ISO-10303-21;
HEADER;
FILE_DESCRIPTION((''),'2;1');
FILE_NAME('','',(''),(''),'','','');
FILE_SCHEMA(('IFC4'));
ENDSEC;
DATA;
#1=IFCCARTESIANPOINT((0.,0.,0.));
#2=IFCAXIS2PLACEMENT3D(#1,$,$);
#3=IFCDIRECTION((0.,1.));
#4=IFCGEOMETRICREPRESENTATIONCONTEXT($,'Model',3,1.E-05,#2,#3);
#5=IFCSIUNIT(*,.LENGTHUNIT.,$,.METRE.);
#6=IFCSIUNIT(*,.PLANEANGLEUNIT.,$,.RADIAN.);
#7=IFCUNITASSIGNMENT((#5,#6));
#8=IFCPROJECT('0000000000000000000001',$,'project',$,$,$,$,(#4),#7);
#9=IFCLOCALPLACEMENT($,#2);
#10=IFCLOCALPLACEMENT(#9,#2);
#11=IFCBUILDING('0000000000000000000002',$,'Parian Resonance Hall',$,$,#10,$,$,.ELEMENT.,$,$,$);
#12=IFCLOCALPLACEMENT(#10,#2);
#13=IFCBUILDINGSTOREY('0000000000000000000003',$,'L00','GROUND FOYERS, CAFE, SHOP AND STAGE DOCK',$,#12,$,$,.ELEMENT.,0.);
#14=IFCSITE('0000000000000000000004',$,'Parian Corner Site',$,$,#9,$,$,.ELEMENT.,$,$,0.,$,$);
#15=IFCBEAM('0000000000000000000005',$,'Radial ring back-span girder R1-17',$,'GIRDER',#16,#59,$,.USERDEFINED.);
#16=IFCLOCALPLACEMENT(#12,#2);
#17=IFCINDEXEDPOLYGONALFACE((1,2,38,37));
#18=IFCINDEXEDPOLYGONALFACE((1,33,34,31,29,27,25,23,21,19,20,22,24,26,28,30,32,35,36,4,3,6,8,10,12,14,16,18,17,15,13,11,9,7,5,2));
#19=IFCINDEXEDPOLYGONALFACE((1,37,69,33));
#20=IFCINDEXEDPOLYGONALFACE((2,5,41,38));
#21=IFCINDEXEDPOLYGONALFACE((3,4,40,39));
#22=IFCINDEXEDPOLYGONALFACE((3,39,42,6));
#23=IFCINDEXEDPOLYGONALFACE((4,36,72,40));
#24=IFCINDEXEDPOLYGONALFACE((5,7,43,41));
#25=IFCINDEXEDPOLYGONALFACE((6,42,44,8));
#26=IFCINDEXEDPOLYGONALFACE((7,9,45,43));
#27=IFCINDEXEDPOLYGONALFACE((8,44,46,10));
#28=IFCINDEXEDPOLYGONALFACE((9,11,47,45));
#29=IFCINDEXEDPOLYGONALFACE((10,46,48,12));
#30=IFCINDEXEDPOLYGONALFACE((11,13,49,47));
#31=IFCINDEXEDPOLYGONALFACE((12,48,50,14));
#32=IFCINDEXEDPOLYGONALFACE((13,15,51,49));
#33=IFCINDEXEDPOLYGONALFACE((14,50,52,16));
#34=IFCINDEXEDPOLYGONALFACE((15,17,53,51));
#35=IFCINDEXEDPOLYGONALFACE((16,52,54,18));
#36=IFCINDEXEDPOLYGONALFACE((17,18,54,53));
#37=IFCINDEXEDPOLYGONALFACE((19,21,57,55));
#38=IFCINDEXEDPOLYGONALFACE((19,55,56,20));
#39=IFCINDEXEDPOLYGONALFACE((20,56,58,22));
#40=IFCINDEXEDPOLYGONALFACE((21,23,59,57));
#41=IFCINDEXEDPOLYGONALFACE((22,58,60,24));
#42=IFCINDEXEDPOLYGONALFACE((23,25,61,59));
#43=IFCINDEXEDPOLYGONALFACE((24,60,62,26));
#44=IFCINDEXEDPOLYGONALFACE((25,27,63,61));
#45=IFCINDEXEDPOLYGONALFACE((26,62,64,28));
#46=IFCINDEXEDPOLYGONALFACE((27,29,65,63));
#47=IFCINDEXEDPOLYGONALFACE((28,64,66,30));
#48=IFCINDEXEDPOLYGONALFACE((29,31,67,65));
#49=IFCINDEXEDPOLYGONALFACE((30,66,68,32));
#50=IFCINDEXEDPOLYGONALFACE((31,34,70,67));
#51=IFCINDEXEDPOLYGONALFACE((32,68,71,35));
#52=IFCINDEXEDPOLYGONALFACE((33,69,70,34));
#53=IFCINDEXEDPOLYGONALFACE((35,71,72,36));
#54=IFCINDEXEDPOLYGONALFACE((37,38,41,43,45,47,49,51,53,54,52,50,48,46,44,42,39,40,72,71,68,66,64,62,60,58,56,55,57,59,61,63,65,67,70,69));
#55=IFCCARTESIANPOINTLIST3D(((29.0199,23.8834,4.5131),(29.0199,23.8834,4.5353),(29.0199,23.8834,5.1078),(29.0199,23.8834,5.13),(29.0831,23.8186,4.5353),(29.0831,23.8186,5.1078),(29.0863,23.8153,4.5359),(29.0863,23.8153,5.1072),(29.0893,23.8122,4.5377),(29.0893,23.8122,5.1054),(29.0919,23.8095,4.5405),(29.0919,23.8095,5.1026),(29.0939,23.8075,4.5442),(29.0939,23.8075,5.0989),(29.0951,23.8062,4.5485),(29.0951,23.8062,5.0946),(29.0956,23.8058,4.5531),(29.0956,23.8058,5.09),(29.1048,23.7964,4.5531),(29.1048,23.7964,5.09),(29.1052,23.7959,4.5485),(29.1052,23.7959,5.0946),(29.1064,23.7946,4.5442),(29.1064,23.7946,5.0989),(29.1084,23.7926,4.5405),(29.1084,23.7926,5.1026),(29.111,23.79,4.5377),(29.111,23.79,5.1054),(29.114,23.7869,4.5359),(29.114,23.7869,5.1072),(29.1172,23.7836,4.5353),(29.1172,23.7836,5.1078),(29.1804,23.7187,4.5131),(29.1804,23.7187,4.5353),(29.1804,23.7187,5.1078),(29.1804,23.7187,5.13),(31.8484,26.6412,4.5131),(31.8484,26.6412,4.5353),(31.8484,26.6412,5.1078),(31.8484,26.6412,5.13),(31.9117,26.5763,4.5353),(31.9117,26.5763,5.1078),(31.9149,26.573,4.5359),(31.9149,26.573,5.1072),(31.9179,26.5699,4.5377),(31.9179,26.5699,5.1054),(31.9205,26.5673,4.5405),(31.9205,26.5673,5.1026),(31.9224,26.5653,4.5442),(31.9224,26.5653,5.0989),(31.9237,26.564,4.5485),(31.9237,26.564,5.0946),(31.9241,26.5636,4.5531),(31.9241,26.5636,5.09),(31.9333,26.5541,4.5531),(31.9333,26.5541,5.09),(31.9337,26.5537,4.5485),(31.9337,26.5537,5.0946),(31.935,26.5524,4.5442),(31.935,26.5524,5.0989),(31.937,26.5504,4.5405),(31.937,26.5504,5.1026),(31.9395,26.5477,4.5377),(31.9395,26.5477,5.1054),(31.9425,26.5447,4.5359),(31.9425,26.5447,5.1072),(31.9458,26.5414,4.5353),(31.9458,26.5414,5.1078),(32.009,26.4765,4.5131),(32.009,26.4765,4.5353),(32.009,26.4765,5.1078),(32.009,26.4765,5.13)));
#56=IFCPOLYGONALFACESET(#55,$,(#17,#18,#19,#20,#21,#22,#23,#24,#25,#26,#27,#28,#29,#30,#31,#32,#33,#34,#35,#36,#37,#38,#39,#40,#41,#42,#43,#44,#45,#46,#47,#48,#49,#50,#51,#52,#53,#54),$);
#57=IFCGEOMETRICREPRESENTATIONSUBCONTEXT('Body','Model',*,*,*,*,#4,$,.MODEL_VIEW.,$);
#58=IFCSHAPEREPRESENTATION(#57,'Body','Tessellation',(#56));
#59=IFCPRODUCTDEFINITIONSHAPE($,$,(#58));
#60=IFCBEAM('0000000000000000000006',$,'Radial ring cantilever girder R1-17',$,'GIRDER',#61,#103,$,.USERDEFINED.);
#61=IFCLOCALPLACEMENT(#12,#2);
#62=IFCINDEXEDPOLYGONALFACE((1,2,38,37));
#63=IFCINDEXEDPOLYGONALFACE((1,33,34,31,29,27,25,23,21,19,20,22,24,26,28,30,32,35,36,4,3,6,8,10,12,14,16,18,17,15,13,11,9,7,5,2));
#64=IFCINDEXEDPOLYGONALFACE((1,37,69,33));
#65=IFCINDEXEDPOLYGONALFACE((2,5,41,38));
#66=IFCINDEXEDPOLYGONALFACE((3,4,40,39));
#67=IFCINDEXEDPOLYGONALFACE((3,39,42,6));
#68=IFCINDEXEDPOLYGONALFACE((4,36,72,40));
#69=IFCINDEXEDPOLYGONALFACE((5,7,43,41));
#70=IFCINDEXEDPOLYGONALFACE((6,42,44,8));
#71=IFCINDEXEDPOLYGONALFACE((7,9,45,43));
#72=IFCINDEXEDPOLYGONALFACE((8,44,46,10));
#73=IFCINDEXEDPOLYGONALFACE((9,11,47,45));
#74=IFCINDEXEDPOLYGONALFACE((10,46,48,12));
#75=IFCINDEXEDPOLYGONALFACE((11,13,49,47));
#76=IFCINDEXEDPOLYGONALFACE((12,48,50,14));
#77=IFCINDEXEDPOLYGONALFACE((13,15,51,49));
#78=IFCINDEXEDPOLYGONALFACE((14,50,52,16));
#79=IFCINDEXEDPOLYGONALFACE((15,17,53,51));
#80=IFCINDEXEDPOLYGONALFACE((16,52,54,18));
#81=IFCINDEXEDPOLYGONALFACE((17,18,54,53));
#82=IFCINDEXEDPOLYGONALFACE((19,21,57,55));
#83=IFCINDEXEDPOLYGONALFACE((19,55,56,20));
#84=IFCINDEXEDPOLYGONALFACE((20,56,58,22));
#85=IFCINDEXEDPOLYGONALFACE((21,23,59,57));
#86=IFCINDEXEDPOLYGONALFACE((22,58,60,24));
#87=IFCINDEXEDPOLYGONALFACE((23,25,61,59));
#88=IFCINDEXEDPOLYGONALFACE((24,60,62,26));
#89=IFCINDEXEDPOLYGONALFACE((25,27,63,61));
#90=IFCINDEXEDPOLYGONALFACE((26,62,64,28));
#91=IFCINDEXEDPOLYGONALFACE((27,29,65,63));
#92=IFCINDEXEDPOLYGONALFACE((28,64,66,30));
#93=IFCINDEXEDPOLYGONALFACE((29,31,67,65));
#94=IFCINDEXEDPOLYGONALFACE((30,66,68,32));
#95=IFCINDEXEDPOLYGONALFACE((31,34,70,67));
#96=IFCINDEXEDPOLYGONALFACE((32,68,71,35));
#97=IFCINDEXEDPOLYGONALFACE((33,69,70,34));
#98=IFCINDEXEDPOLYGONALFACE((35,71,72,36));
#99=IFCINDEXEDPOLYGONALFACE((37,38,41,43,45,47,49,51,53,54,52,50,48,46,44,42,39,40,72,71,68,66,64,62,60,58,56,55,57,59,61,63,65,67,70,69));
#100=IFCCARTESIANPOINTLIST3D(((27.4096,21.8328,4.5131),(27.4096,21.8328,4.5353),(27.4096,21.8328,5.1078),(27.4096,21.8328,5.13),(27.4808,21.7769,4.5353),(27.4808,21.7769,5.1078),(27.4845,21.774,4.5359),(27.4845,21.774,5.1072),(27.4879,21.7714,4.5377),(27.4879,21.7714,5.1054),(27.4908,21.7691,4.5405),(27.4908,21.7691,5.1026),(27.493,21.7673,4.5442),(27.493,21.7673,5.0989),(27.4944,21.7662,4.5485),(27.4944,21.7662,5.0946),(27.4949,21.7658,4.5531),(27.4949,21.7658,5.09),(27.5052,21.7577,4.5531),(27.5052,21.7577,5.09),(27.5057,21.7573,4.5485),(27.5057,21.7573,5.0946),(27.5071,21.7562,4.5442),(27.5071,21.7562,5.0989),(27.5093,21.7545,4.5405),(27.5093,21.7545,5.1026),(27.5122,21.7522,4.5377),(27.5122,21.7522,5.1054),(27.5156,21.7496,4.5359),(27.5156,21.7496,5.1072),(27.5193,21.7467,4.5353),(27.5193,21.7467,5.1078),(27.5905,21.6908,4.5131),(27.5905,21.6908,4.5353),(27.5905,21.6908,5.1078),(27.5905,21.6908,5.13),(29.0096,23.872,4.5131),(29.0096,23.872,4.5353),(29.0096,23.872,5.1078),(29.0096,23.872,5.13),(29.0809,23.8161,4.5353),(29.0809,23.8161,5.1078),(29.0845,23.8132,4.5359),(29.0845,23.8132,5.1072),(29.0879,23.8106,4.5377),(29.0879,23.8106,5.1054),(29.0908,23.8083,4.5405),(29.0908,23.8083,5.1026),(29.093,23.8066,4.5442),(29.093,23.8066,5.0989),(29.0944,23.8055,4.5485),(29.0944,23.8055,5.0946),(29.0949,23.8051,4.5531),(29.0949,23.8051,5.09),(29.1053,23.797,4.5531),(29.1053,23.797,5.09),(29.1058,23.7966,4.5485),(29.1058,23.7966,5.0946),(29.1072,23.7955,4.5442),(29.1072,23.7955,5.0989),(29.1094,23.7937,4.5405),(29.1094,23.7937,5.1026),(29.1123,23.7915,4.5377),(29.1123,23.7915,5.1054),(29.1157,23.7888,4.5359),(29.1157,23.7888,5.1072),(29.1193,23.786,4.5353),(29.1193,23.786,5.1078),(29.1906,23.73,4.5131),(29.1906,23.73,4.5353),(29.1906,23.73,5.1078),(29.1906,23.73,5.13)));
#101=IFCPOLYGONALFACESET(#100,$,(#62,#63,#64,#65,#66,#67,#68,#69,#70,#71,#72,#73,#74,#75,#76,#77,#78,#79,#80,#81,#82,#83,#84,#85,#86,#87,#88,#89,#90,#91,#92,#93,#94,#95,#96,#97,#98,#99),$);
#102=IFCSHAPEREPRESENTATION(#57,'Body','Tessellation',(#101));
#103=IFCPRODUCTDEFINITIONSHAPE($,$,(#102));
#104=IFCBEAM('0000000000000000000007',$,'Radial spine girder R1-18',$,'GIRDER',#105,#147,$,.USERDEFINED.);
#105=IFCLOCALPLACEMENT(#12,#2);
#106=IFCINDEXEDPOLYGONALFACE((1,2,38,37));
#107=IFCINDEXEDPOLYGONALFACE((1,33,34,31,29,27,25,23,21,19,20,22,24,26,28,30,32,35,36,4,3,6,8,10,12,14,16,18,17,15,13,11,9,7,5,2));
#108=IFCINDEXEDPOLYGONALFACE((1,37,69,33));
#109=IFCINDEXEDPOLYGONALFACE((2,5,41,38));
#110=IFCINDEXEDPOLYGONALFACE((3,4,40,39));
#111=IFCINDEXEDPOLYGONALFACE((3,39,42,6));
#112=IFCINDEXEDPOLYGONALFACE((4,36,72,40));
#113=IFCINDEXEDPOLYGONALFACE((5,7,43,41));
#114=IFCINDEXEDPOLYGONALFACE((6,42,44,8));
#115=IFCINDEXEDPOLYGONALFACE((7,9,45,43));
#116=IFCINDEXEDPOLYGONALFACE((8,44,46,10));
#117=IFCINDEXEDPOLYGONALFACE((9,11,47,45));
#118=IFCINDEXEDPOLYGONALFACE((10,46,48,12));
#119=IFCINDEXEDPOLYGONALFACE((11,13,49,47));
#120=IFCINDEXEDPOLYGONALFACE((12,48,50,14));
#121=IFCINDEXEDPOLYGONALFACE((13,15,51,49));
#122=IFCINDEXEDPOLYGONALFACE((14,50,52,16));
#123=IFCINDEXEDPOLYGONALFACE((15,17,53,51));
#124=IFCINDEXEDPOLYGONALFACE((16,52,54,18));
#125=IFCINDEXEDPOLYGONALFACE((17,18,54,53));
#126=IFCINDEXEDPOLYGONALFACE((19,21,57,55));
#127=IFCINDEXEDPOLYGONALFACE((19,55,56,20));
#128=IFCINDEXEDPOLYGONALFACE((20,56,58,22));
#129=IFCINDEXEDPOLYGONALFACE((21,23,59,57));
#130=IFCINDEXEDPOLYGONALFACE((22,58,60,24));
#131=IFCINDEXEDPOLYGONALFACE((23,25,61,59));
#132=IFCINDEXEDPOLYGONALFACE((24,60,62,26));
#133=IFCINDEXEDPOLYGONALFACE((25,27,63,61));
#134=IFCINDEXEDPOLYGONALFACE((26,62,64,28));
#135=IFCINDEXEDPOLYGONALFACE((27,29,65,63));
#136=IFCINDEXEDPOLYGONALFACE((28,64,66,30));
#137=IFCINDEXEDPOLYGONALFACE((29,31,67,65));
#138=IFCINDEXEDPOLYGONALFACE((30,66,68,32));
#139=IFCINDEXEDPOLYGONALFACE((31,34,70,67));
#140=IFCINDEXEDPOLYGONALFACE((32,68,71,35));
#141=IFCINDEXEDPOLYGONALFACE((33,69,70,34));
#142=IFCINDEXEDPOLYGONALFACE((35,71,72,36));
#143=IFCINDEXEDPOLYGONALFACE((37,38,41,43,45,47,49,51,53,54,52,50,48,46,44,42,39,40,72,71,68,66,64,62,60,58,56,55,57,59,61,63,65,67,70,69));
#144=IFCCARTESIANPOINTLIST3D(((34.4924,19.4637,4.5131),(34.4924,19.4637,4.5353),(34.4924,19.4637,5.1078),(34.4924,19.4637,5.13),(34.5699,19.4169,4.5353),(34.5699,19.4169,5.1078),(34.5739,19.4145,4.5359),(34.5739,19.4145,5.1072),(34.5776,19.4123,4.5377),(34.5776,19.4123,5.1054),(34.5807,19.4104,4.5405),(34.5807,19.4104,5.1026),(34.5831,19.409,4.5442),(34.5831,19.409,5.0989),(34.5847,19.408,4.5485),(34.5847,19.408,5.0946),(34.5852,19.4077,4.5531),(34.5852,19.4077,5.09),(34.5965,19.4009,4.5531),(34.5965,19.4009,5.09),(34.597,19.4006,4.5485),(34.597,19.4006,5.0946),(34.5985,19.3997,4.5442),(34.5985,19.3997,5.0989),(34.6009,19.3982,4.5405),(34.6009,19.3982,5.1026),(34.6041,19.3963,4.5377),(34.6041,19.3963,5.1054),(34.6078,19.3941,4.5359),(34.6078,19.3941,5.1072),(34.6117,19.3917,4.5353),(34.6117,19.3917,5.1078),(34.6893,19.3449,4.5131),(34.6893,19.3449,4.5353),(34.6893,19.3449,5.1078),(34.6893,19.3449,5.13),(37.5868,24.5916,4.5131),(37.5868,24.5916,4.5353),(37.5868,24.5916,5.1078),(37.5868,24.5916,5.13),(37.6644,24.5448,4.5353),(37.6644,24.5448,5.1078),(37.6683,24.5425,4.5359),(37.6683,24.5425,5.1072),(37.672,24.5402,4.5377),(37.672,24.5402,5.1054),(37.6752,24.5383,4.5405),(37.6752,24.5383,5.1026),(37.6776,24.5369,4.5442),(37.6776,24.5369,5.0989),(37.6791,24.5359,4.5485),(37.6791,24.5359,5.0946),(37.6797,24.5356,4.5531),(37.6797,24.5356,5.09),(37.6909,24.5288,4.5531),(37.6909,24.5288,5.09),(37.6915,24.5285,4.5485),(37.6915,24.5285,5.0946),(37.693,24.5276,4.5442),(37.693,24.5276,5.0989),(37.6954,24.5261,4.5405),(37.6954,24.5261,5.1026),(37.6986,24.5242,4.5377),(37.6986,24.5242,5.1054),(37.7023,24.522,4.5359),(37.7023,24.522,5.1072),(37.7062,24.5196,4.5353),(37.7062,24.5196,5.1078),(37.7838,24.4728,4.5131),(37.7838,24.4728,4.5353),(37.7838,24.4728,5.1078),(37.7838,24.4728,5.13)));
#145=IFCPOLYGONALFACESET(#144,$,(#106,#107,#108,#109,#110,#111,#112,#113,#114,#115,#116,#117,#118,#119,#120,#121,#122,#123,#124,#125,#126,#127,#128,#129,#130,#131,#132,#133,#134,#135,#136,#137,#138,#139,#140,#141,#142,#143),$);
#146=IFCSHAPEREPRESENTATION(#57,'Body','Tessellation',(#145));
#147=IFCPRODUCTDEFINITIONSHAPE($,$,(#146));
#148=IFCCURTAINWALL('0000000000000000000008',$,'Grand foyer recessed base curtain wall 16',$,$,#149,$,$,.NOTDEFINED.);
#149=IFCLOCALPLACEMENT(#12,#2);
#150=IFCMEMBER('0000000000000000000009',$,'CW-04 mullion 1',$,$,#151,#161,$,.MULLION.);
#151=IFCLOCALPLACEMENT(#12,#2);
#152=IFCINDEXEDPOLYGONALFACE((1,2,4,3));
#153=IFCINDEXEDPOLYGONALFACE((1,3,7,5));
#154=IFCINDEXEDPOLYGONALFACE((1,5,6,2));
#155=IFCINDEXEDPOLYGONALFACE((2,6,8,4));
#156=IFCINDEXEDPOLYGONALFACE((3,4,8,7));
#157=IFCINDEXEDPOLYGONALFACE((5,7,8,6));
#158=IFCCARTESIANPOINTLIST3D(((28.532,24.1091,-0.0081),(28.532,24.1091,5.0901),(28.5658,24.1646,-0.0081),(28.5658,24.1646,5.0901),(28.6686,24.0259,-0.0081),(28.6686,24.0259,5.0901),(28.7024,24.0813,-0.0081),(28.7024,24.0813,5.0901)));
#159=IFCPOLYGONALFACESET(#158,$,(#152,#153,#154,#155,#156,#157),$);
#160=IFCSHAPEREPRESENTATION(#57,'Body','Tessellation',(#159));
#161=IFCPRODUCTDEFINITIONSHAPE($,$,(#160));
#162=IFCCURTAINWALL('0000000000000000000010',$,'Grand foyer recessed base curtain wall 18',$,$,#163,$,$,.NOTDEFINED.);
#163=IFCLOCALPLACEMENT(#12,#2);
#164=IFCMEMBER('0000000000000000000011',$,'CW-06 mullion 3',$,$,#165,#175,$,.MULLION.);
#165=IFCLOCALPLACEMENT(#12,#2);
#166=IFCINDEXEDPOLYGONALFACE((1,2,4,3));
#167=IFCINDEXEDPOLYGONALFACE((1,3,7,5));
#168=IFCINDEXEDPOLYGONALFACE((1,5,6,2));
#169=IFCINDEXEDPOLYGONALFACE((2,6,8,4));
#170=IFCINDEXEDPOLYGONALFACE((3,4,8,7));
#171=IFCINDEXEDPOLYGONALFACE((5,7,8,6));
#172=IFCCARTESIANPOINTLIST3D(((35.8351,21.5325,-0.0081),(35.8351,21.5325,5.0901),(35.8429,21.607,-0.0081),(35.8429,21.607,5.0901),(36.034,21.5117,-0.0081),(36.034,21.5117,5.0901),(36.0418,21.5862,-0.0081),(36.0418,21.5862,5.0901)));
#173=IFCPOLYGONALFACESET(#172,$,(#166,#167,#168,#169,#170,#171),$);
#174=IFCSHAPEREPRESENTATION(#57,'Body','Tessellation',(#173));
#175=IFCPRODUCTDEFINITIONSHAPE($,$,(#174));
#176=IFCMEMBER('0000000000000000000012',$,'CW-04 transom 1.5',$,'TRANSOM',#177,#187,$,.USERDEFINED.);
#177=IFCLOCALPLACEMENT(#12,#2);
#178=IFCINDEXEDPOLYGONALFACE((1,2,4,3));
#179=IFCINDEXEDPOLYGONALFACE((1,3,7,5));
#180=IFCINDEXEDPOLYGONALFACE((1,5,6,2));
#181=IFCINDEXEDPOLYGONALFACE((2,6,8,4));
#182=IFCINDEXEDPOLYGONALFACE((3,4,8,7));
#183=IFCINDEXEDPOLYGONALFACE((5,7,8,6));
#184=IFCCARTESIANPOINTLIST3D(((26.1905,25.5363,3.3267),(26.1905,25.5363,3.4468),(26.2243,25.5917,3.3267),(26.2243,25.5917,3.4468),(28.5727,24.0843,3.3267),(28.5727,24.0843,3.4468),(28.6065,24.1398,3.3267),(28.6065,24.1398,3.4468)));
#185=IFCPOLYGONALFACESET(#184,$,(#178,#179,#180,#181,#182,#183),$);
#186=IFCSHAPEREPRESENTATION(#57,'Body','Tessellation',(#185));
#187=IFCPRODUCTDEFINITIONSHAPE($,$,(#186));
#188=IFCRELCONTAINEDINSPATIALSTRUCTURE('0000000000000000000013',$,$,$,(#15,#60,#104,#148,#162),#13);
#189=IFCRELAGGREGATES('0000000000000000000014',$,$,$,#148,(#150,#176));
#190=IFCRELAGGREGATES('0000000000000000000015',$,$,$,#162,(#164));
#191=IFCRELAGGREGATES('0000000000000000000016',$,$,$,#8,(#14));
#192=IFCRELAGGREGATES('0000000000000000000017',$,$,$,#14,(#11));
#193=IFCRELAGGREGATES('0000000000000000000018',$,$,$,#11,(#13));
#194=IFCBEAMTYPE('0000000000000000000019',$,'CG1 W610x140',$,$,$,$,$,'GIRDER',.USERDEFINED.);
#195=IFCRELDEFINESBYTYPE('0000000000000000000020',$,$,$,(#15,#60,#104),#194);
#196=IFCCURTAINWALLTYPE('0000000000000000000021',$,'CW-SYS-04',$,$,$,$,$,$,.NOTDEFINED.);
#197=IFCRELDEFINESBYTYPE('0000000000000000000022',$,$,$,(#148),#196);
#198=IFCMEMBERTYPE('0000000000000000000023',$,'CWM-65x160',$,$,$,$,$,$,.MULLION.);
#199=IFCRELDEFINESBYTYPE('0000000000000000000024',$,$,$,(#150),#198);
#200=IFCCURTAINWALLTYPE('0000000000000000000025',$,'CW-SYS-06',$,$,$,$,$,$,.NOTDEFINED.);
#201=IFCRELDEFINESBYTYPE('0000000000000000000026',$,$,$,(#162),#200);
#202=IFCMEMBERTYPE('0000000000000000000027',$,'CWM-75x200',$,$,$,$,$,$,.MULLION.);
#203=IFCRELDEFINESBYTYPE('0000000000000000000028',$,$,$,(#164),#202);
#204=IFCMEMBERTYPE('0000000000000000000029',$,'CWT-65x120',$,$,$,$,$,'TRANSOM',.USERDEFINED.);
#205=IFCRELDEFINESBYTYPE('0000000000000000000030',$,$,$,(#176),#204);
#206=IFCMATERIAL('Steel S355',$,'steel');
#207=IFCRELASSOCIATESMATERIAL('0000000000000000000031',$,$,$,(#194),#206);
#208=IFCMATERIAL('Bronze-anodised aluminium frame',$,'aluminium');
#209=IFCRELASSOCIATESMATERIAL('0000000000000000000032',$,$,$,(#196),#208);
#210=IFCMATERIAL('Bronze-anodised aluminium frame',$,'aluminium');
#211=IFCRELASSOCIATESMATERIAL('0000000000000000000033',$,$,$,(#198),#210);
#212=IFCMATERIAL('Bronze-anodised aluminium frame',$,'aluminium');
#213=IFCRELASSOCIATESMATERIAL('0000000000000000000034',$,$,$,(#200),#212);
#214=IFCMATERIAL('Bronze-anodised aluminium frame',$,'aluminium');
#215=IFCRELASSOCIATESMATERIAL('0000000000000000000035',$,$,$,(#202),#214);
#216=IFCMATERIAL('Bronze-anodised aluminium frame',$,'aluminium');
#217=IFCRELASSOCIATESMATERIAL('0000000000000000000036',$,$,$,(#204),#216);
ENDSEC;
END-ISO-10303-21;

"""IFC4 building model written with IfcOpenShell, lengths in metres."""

from ifc_helpers import new_model, si_unit, direction, frame, origin, origin_2d, place, context, subcontext, project, spatial, rectangle, i_section, extrude, material, material_profile, profile_set, type_object, element, aggregate, save


model = new_model("IFC4")

# Units and contexts
model_context = context("Model", 3, precision=1e-05, world=origin(), true_north=direction((0.0, 1.0)))
body_context = subcontext(model_context, "Body", "Model", "MODEL_VIEW")
ifc_project = project(units=[si_unit("LENGTHUNIT", "METRE"), si_unit("PLANEANGLEUNIT", "RADIAN")], contexts=[model_context])

# Site, building, storey
site_placement = place(None, origin())
site = spatial("IfcSite", under=ifc_project, at=site_placement, Name="Parian Corner Site", CompositionType="ELEMENT", RefElevation=0.0)
building_placement = place(site_placement, origin())
building = spatial("IfcBuilding", under=site, at=building_placement, Name="Parian Resonance Hall", CompositionType="ELEMENT")
storey_placement = place(building_placement, origin())
storey = spatial("IfcBuildingStorey", under=building, at=storey_placement, Name="L00", Description="GROUND FOYERS, CAFE, SHOP AND STAGE DOCK", CompositionType="ELEMENT", Elevation=0.0)

# Beams
ifc_material_1 = material(Name="Steel S355", Category="steel")
ifc_material_profile_1 = material_profile(ifc_material_1, i_section(OverallWidth=0.23, OverallDepth=0.6169, WebThickness=0.0132, FlangeThickness=0.0222, FilletRadius=0.0178, at=origin_2d()), Name="W610x140")
ifc_profile_set_1 = profile_set([ifc_material_profile_1], Name="Steel S355")
beam_type_1 = type_object("IfcBeamType", Name="CG1 W610x140", ElementType="GIRDER", PredefinedType="USERDEFINED", material=ifc_profile_set_1)
beam_1_placement = place(storey_placement, frame((31.9287, 26.5588, 4.8215), z_axis=(-0.716011, -0.698089, 0.0), x_axis=(0.698089, -0.716011, 0.0)))
element("IfcBeam", 1, at=beam_1_placement, inside=storey, type_object=beam_type_1, Name="Radial ring back-span girder R1-17", ObjectType="GIRDER", PredefinedType="USERDEFINED", context=body_context, shape_type="SweptSolid", body=[
    extrude(i_section(OverallWidth=0.23, OverallDepth=0.6169, WebThickness=0.0132, FlangeThickness=0.0222, FilletRadius=0.0178, at=origin_2d()), origin(), (0.0, 0.0, 1.0), 3.9504),
])
beam_2_placement = place(storey_placement, frame((29.1001, 23.801, 4.8215), z_axis=(-0.617293, -0.786733, 0.0), x_axis=(0.786733, -0.617293, 0.0)))
element("IfcBeam", 2, at=beam_2_placement, inside=storey, type_object=beam_type_1, Name="Radial ring cantilever girder R1-17", ObjectType="GIRDER", PredefinedType="USERDEFINED", context=body_context, shape_type="SweptSolid", body=[
    extrude(i_section(OverallWidth=0.23, OverallDepth=0.6169, WebThickness=0.0132, FlangeThickness=0.0222, FilletRadius=0.0178, at=origin_2d()), origin(), (0.0, 0.0, 1.0), 2.592),
])
beam_3_placement = place(storey_placement, frame((37.6853, 24.5322, 4.8215), z_axis=(-0.51667, -0.856185, 0.0), x_axis=(0.856185, -0.51667, 0.0)))
element("IfcBeam", 3, at=beam_3_placement, inside=storey, type_object=beam_type_1, Name="Radial spine girder R1-18", ObjectType="GIRDER", PredefinedType="USERDEFINED", context=body_context, shape_type="SweptSolid", body=[
    extrude(i_section(OverallWidth=0.23, OverallDepth=0.6169, WebThickness=0.0132, FlangeThickness=0.0222, FilletRadius=0.0178, at=origin_2d()), origin(), (0.0, 0.0, 1.0), 5.9893),
])

# Curtain walls, members
ifc_material_2 = material(Name="Bronze-anodised aluminium frame", Category="aluminium")
curtain_wall_type_1 = type_object("IfcCurtainWallType", Name="CW-SYS-04", PredefinedType="NOTDEFINED", material=ifc_material_2)
curtain_wall_1_placement = place(storey_placement, origin())
curtain_wall_1 = element("IfcCurtainWall", 4, at=curtain_wall_1_placement, inside=storey, type_object=curtain_wall_type_1, Name="Grand foyer recessed base curtain wall 16", PredefinedType="NOTDEFINED")
ifc_material_3 = material(Name="Bronze-anodised aluminium frame", Category="aluminium")
ifc_material_profile_2 = material_profile(ifc_material_3, rectangle(XDim=0.0649, YDim=0.1599, at=origin_2d()), Name="CWM-65x160")
ifc_profile_set_2 = profile_set([ifc_material_profile_2], Name="Bronze-anodised aluminium frame")
member_type_1 = type_object("IfcMemberType", Name="CWM-65x160", PredefinedType="MULLION", material=ifc_profile_set_2)
member_1_placement = place(storey_placement, frame((28.6172, 24.0952, -0.0081), z_axis=(0.0, 0.0, 1.0), x_axis=(-0.520463, -0.853884, 0.0)))
member_1 = element("IfcMember", 5, at=member_1_placement, type_object=member_type_1, Name="CW-04 mullion 1", PredefinedType="MULLION", context=body_context, shape_type="SweptSolid", body=[
    extrude(rectangle(XDim=0.0649, YDim=0.1599, at=origin_2d()), origin(), (0.0, 0.0, 1.0), 5.0981),
])
ifc_material_4 = material(Name="Bronze-anodised aluminium frame", Category="aluminium")
curtain_wall_type_2 = type_object("IfcCurtainWallType", Name="CW-SYS-06", PredefinedType="NOTDEFINED", material=ifc_material_4)
curtain_wall_2_placement = place(storey_placement, origin())
curtain_wall_2 = element("IfcCurtainWall", 6, at=curtain_wall_2_placement, inside=storey, type_object=curtain_wall_type_2, Name="Grand foyer recessed base curtain wall 18", PredefinedType="NOTDEFINED")
ifc_material_5 = material(Name="Bronze-anodised aluminium frame", Category="aluminium")
ifc_material_profile_3 = material_profile(ifc_material_5, rectangle(XDim=0.075, YDim=0.2, at=origin_2d()), Name="CWM-75x200")
ifc_profile_set_3 = profile_set([ifc_material_profile_3], Name="Bronze-anodised aluminium frame")
member_type_2 = type_object("IfcMemberType", Name="CWM-75x200", PredefinedType="MULLION", material=ifc_profile_set_3)
member_2_placement = place(storey_placement, frame((35.9385, 21.5593, -0.0081), z_axis=(0.0, 0.0, 1.0), x_axis=(-0.104013, -0.994576, 0.0)))
member_2 = element("IfcMember", 7, at=member_2_placement, type_object=member_type_2, Name="CW-06 mullion 3", PredefinedType="MULLION", context=body_context, shape_type="SweptSolid", body=[
    extrude(rectangle(XDim=0.075, YDim=0.2, at=origin_2d()), origin(), (0.0, 0.0, 1.0), 5.0981),
])

# Member
ifc_material_6 = material(Name="Bronze-anodised aluminium frame", Category="aluminium")
ifc_material_profile_4 = material_profile(ifc_material_6, rectangle(XDim=0.0649, YDim=0.1201, at=origin_2d()), Name="CWT-65x120")
ifc_profile_set_4 = profile_set([ifc_material_profile_4], Name="Bronze-anodised aluminium frame")
member_type_3 = type_object("IfcMemberType", Name="CWT-65x120", ElementType="TRANSOM", PredefinedType="USERDEFINED", material=ifc_profile_set_4)
member_3_placement = place(storey_placement, frame((28.5896, 24.1121, 3.3867), z_axis=(-0.853889, 0.520455, 0.0), x_axis=(-0.520455, -0.853889, 0.0)))
member_3 = element("IfcMember", 8, at=member_3_placement, type_object=member_type_3, Name="CW-04 transom 1.5", ObjectType="TRANSOM", PredefinedType="USERDEFINED", context=body_context, shape_type="SweptSolid", body=[
    extrude(rectangle(XDim=0.0649, YDim=0.1201, at=origin_2d()), origin(), (0.0, 0.0, 1.0), 2.7898),
])
aggregate(curtain_wall_1, [member_1, member_3])

aggregate(curtain_wall_2, [member_2])

save(model, "model.ifc")
